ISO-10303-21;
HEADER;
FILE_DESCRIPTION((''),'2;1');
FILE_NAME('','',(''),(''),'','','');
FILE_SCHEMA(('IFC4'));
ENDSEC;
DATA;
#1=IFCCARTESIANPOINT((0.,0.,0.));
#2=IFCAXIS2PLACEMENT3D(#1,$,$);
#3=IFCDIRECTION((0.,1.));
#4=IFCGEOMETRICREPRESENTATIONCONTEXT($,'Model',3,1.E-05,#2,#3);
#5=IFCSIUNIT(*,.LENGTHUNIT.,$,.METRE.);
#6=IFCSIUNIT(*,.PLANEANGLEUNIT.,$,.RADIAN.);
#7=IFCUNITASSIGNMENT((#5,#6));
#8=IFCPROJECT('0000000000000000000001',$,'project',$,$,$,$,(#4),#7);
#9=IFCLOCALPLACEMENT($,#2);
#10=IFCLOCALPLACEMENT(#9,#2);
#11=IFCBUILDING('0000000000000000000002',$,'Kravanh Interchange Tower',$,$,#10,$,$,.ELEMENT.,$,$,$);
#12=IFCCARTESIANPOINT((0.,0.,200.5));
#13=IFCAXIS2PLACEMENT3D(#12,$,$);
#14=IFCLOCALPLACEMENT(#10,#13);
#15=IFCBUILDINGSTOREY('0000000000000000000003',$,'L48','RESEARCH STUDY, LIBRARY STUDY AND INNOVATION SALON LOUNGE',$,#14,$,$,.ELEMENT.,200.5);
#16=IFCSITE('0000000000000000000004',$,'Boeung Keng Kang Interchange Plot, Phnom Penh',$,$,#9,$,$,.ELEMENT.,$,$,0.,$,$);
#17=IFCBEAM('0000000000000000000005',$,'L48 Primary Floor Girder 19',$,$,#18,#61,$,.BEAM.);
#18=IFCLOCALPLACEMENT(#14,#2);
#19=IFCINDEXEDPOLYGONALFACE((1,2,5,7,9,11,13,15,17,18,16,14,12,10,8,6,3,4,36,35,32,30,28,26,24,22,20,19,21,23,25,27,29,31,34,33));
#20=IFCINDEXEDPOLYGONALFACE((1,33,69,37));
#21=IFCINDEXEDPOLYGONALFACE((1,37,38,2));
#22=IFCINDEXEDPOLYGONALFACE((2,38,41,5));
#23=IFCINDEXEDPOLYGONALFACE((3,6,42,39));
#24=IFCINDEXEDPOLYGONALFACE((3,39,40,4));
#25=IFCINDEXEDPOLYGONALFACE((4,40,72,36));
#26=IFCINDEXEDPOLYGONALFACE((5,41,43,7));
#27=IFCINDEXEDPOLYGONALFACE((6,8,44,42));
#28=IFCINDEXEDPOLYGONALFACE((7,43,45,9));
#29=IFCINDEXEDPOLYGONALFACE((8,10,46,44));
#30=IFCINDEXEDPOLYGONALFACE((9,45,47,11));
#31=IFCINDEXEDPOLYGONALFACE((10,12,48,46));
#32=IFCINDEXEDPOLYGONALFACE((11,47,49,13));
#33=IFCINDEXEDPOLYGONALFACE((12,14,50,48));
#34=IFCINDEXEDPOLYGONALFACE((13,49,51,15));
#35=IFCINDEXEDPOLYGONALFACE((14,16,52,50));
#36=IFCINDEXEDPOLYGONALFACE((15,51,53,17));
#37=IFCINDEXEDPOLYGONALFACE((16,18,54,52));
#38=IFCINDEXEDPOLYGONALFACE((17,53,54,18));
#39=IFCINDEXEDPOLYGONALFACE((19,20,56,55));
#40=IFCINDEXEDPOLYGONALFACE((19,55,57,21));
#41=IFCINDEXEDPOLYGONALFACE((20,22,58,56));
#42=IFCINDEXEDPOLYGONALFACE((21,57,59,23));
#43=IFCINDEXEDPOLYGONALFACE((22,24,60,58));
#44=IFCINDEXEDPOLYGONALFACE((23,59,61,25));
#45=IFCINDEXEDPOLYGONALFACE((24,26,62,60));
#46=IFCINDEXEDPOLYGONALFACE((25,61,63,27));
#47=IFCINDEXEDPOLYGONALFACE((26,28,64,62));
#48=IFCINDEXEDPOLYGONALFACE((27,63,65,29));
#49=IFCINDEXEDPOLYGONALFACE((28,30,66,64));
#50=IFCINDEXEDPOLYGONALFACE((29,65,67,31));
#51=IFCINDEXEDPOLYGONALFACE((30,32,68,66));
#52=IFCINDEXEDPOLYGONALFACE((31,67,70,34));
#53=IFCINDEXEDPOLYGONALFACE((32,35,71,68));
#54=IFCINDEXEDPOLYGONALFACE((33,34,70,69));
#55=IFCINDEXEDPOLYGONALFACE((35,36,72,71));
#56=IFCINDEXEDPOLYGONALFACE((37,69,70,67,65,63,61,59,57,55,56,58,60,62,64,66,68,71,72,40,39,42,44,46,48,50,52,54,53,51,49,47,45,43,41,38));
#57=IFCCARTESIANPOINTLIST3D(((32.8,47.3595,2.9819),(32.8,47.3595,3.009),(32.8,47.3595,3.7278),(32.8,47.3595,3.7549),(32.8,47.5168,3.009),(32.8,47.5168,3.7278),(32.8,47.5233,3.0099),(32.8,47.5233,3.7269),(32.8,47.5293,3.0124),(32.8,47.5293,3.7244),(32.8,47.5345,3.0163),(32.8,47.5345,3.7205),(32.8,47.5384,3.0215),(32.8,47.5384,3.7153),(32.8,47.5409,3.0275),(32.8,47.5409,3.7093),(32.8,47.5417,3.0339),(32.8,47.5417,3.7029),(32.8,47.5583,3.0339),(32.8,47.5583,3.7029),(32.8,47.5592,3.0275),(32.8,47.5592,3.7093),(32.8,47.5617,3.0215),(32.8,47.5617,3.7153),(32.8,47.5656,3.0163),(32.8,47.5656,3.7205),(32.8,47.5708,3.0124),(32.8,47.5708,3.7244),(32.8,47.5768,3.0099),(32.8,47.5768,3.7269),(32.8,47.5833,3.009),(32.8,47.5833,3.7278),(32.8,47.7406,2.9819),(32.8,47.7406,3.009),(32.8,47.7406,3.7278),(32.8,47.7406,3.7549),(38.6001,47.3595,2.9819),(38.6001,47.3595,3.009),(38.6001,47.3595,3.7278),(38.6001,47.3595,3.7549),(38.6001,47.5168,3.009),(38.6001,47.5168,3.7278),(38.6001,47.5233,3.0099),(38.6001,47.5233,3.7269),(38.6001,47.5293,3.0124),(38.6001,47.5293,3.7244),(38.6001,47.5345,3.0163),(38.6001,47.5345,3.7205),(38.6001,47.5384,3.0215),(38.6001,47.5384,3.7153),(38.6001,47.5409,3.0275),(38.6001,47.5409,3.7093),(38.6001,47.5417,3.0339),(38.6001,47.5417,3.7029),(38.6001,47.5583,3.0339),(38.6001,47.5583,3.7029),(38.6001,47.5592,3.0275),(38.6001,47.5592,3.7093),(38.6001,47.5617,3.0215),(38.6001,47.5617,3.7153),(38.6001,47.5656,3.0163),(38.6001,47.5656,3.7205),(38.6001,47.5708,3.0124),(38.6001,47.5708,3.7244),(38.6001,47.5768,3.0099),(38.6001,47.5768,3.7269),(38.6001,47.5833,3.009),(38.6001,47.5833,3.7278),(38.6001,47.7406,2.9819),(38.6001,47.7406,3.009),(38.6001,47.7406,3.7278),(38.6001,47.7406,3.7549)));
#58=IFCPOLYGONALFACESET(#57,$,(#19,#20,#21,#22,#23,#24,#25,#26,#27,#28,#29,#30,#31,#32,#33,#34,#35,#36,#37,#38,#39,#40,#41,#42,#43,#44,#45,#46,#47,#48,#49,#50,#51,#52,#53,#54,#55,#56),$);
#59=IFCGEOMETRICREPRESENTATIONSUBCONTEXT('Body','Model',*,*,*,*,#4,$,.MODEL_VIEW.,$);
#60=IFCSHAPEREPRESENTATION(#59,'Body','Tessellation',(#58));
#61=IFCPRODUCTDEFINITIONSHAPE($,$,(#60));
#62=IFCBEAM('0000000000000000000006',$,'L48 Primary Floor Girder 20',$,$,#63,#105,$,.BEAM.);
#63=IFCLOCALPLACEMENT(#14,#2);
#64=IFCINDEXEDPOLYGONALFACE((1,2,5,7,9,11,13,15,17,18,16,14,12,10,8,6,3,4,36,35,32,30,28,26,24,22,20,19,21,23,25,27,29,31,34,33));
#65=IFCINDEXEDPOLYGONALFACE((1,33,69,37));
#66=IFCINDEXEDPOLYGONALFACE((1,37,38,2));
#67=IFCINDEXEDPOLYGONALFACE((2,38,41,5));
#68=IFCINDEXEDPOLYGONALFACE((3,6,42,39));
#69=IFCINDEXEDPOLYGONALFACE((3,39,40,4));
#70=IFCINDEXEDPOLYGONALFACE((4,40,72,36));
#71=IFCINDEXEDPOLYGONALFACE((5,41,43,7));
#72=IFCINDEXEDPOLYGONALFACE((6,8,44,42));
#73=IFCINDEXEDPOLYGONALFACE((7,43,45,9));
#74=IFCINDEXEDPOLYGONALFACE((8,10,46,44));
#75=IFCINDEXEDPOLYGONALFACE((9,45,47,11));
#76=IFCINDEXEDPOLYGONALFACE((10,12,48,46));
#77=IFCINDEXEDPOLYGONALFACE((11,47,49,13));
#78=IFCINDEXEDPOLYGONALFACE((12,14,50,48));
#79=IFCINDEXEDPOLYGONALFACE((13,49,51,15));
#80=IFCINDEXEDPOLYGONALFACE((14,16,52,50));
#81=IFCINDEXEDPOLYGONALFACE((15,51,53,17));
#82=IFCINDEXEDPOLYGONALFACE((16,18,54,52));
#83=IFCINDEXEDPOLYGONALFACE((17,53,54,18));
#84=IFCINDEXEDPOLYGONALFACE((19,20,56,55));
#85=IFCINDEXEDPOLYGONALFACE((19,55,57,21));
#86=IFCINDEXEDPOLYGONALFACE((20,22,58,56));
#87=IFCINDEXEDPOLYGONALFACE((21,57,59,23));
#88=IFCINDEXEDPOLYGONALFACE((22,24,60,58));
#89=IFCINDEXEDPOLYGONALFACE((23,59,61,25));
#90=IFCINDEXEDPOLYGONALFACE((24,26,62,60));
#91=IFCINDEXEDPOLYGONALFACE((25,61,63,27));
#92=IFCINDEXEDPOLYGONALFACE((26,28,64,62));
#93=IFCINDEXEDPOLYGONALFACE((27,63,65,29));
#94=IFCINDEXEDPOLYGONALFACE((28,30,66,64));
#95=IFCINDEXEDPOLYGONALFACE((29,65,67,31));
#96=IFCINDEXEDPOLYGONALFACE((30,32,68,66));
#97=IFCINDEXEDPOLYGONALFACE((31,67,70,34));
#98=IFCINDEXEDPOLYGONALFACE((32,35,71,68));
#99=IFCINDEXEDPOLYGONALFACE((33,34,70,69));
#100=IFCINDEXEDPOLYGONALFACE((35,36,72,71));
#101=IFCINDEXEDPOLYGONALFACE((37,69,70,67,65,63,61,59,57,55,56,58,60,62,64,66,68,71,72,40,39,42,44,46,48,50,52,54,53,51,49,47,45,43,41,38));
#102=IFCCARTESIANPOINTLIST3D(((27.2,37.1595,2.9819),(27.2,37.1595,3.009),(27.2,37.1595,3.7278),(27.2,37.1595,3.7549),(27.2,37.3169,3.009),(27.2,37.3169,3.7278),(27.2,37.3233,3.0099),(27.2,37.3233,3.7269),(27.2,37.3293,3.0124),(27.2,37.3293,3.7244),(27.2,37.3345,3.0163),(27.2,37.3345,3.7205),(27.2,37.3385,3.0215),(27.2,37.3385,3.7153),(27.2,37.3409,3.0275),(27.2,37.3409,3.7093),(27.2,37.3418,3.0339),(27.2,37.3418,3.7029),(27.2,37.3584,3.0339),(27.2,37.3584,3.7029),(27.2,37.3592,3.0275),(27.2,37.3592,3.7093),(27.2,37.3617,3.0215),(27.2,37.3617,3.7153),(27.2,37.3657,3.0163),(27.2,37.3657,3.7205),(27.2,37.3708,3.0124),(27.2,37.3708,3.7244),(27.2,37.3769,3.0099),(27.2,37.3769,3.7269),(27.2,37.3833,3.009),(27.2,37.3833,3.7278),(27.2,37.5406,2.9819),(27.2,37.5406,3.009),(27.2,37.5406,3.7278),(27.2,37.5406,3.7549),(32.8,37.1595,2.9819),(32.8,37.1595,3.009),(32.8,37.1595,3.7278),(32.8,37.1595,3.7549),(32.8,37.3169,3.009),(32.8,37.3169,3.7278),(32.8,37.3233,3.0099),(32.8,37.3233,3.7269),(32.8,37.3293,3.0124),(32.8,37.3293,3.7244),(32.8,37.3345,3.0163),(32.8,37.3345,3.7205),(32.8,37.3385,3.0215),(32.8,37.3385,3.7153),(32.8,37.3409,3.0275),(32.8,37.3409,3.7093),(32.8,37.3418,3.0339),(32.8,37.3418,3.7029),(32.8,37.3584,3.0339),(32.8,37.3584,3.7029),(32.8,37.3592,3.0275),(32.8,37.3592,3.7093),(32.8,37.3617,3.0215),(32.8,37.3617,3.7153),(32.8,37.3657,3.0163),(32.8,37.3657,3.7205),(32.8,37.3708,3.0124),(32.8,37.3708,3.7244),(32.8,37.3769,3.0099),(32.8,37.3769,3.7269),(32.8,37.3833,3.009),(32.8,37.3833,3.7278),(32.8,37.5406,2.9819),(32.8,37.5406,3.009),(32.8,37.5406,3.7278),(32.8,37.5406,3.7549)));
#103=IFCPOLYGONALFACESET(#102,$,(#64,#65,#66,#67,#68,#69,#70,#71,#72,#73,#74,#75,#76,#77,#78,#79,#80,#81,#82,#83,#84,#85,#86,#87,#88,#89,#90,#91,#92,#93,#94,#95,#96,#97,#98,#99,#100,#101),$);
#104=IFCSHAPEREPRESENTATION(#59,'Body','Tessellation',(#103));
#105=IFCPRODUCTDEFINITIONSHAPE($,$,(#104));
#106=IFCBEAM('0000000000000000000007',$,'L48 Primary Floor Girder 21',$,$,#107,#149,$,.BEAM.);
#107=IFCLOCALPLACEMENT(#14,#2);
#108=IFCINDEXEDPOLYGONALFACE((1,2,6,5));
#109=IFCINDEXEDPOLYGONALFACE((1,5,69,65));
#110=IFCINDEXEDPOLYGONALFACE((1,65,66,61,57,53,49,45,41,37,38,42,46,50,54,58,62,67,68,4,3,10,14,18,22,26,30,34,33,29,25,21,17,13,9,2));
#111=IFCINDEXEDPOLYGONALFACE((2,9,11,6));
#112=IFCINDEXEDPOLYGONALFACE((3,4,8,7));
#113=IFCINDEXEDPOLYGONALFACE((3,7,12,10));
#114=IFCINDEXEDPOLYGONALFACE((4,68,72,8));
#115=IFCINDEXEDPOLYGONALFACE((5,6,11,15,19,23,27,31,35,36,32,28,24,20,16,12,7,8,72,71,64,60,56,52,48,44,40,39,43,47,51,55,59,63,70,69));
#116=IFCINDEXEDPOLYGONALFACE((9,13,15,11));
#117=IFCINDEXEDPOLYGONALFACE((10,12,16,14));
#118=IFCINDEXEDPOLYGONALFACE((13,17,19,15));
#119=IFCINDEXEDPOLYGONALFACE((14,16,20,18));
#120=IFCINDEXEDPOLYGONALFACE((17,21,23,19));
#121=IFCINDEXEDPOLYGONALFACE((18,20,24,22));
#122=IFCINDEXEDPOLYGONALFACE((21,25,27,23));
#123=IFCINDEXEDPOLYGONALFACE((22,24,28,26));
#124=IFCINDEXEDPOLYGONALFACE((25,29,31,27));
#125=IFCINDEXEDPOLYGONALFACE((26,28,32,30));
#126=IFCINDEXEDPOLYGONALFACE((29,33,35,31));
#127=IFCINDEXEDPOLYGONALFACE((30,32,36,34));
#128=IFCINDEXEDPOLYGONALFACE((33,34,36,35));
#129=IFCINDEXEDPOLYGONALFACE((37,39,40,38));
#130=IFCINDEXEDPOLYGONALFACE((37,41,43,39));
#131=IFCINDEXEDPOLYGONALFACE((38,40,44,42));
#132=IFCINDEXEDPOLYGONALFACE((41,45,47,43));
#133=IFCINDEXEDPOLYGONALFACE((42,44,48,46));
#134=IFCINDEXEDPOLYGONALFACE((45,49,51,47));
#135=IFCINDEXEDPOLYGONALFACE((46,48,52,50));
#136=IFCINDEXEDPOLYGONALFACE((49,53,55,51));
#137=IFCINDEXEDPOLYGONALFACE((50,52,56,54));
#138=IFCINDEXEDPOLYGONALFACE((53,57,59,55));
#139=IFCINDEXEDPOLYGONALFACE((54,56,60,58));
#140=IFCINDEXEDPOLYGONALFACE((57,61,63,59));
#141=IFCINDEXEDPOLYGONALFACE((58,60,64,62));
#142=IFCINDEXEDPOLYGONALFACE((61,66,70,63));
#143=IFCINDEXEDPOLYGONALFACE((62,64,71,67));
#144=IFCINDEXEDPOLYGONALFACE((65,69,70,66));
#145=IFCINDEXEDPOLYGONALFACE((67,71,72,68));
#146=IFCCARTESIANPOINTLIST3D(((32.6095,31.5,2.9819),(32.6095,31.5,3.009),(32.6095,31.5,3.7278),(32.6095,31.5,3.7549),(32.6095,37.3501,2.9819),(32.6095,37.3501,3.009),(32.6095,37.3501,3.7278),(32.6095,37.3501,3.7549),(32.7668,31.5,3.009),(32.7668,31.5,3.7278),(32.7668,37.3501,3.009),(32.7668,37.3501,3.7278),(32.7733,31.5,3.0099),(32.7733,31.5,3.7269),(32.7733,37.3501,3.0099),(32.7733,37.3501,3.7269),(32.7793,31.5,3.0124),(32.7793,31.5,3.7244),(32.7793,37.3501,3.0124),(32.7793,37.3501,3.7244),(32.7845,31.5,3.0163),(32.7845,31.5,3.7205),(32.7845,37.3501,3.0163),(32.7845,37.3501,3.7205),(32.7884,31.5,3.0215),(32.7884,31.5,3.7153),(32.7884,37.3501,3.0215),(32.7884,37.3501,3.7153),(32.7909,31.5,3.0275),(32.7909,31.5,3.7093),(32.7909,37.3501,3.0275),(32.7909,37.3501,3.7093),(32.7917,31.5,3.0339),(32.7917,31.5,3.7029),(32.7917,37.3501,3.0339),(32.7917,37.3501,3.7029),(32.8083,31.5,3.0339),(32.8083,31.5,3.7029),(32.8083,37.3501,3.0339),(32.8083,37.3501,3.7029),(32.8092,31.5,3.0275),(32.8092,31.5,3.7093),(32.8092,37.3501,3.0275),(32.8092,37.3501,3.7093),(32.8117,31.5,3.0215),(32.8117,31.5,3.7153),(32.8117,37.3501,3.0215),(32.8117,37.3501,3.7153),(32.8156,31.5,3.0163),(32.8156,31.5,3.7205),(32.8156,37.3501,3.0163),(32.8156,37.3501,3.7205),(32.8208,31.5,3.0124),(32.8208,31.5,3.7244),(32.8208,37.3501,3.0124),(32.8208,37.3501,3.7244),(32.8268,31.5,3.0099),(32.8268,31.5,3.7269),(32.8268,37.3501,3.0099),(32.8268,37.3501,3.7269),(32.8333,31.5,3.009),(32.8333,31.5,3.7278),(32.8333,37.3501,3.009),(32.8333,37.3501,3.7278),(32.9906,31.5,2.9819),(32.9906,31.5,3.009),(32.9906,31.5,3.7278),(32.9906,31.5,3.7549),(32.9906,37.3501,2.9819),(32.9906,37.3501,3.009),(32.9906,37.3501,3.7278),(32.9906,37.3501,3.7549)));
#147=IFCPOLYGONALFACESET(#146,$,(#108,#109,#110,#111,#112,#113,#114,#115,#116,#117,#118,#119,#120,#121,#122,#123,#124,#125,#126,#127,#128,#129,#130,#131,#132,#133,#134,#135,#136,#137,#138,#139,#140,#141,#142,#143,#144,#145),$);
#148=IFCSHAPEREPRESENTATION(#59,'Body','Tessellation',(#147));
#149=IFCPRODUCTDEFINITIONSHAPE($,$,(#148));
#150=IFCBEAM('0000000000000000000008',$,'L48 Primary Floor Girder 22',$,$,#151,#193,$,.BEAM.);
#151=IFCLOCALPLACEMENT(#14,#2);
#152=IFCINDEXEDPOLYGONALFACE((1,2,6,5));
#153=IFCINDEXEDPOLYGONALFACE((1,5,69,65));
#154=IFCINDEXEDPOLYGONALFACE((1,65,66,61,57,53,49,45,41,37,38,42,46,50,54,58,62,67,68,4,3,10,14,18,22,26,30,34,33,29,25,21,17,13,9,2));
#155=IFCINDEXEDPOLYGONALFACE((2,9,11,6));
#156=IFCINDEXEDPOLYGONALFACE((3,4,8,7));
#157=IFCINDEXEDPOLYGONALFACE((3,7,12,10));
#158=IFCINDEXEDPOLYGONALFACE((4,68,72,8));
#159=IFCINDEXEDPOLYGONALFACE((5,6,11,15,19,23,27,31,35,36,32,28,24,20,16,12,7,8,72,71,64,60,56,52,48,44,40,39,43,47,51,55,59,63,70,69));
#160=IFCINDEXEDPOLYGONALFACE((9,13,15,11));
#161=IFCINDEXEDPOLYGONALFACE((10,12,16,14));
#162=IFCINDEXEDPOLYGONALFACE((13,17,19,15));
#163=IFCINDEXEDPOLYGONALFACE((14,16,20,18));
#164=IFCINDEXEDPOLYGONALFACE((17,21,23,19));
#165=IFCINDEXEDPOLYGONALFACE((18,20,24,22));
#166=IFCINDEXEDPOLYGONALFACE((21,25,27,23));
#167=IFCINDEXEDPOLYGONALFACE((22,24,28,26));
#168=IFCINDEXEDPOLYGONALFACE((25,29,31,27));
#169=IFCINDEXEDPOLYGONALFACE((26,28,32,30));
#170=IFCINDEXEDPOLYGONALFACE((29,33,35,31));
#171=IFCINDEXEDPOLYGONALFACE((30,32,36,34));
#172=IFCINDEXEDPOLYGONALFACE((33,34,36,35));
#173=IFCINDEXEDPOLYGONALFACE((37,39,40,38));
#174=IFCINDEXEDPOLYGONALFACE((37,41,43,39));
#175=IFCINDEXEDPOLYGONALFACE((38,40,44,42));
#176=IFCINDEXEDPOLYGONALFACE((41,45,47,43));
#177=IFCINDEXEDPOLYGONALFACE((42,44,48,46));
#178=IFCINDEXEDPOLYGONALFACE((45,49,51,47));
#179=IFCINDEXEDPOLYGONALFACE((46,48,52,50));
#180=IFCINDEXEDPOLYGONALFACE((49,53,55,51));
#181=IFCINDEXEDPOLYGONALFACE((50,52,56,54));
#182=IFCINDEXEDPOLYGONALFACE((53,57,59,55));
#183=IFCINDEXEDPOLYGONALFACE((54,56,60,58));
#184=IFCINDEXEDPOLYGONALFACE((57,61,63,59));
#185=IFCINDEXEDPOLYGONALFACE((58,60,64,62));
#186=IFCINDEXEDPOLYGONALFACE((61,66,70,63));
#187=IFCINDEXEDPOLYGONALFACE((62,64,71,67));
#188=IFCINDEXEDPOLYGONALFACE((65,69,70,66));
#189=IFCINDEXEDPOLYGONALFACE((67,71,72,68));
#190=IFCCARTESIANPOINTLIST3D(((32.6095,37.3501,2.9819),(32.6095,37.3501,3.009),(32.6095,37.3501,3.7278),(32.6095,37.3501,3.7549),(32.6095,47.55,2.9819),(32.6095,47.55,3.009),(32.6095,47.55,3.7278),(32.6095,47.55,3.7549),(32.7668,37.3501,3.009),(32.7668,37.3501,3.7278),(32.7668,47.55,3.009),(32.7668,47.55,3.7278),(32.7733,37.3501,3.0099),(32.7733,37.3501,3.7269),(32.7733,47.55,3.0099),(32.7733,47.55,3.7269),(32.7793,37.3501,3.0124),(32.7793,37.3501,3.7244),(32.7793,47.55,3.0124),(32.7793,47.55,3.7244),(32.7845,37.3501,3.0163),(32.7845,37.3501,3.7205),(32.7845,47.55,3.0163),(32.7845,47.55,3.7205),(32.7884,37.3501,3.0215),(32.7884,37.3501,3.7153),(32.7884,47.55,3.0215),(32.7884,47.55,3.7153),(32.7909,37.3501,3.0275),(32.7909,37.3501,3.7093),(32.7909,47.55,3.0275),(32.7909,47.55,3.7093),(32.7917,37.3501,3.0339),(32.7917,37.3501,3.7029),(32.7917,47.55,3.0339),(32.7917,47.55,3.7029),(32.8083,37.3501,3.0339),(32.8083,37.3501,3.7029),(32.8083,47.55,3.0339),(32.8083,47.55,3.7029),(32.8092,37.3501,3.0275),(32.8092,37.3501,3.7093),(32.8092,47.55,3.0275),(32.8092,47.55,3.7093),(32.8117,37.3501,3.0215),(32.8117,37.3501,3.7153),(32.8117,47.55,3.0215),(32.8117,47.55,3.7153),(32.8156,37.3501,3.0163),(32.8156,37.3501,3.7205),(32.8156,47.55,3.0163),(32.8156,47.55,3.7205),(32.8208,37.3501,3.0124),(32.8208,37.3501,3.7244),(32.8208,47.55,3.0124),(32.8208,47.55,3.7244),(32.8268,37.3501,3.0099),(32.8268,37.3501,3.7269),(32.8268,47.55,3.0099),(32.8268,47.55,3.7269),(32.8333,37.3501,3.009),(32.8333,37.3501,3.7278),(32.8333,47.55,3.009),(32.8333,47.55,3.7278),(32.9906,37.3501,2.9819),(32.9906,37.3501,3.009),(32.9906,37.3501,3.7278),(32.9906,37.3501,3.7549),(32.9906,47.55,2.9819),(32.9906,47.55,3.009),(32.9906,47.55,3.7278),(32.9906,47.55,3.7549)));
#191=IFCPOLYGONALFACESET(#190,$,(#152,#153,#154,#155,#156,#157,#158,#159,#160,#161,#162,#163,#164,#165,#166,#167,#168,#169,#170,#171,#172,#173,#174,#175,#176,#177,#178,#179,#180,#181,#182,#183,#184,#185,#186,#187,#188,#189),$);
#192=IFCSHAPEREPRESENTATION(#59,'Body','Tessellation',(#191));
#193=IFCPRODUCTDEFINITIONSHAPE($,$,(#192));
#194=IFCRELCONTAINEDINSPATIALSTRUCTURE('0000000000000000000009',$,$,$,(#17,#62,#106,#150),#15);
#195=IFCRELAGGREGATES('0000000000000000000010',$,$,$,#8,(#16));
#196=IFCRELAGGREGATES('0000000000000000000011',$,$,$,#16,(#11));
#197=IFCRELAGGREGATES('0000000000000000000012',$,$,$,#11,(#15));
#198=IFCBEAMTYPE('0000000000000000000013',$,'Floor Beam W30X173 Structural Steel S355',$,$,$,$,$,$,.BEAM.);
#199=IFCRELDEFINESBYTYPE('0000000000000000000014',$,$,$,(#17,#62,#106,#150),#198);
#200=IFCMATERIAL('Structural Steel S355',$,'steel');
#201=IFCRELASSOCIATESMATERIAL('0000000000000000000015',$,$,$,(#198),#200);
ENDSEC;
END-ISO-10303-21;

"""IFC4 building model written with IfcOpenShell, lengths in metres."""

from ifc_helpers import new_model, si_unit, direction, frame, origin, origin_2d, place, context, subcontext, project, spatial, i_section, extrude, material, material_profile, profile_set, type_object, element, save


model = new_model("IFC4")

# Units and contexts
model_context = context("Model", 3, precision=1e-05, world=origin(), true_north=direction((0.0, 1.0)))
body_context = subcontext(model_context, "Body", "Model", "MODEL_VIEW")
ifc_project = project(units=[si_unit("LENGTHUNIT", "METRE"), si_unit("PLANEANGLEUNIT", "RADIAN")], contexts=[model_context])

# Site, building, storey
site_placement = place(None, origin())
site = spatial("IfcSite", under=ifc_project, at=site_placement, Name="Boeung Keng Kang Interchange Plot, Phnom Penh", CompositionType="ELEMENT", RefElevation=0.0)
building_placement = place(site_placement, origin())
building = spatial("IfcBuilding", under=site, at=building_placement, Name="Kravanh Interchange Tower", CompositionType="ELEMENT")
storey_placement = place(building_placement, frame((0.0, 0.0, 200.5)))
storey = spatial("IfcBuildingStorey", under=building, at=storey_placement, Name="L48", Description="RESEARCH STUDY, LIBRARY STUDY AND INNOVATION SALON LOUNGE", CompositionType="ELEMENT", Elevation=200.5)

# Beams
ifc_material_1 = material(Name="Structural Steel S355", Category="steel")
ifc_material_profile_1 = material_profile(ifc_material_1, i_section(OverallWidth=0.3811, OverallDepth=0.7729, WebThickness=0.0166, FlangeThickness=0.0271, FilletRadius=0.0249, at=origin_2d()), Name="W30X173")
ifc_profile_set_1 = profile_set([ifc_material_profile_1], Name="Structural Steel S355")
beam_type = type_object("IfcBeamType", Name="Floor Beam W30X173 Structural Steel S355", PredefinedType="BEAM", material=ifc_profile_set_1)
beam_1_placement = place(storey_placement, frame((38.6001, 47.55, 3.3684), z_axis=(-1.0, 0.0, 0.0), x_axis=(0.0, -1.0, 0.0)))
element("IfcBeam", 1, at=beam_1_placement, inside=storey, type_object=beam_type, Name="L48 Primary Floor Girder 19", PredefinedType="BEAM", context=body_context, shape_type="SweptSolid", body=[
    extrude(i_section(OverallWidth=0.3811, OverallDepth=0.7729, WebThickness=0.0166, FlangeThickness=0.0271, FilletRadius=0.0249, at=origin_2d()), origin(), (0.0, 0.0, 1.0), 5.8),
])
beam_2_placement = place(storey_placement, frame((32.8, 37.3501, 3.3684), z_axis=(-1.0, 0.0, 0.0), x_axis=(0.0, -1.0, 0.0)))
element("IfcBeam", 2, at=beam_2_placement, inside=storey, type_object=beam_type, Name="L48 Primary Floor Girder 20", PredefinedType="BEAM", context=body_context, shape_type="SweptSolid", body=[
    extrude(i_section(OverallWidth=0.3811, OverallDepth=0.7729, WebThickness=0.0166, FlangeThickness=0.0271, FilletRadius=0.0249, at=origin_2d()), origin(), (0.0, 0.0, 1.0), 5.6001),
])
beam_3_placement = place(storey_placement, frame((32.8, 37.3501, 3.3684), z_axis=(0.0, -1.0, 0.0), x_axis=(1.0, 0.0, 0.0)))
element("IfcBeam", 3, at=beam_3_placement, inside=storey, type_object=beam_type, Name="L48 Primary Floor Girder 21", PredefinedType="BEAM", context=body_context, shape_type="SweptSolid", body=[
    extrude(i_section(OverallWidth=0.3811, OverallDepth=0.7729, WebThickness=0.0166, FlangeThickness=0.0271, FilletRadius=0.0249, at=origin_2d()), origin(), (0.0, 0.0, 1.0), 5.8501),
])
beam_4_placement = place(storey_placement, frame((32.8, 37.3501, 3.3684), z_axis=(0.0, 1.0, 0.0), x_axis=(-1.0, 0.0, 0.0)))
element("IfcBeam", 4, at=beam_4_placement, inside=storey, type_object=beam_type, Name="L48 Primary Floor Girder 22", PredefinedType="BEAM", context=body_context, shape_type="SweptSolid", body=[
    extrude(i_section(OverallWidth=0.3811, OverallDepth=0.7729, WebThickness=0.0166, FlangeThickness=0.0271, FilletRadius=0.0249, at=origin_2d()), origin(), (0.0, 0.0, 1.0), 10.2),
])

save(model, "model.ifc")
